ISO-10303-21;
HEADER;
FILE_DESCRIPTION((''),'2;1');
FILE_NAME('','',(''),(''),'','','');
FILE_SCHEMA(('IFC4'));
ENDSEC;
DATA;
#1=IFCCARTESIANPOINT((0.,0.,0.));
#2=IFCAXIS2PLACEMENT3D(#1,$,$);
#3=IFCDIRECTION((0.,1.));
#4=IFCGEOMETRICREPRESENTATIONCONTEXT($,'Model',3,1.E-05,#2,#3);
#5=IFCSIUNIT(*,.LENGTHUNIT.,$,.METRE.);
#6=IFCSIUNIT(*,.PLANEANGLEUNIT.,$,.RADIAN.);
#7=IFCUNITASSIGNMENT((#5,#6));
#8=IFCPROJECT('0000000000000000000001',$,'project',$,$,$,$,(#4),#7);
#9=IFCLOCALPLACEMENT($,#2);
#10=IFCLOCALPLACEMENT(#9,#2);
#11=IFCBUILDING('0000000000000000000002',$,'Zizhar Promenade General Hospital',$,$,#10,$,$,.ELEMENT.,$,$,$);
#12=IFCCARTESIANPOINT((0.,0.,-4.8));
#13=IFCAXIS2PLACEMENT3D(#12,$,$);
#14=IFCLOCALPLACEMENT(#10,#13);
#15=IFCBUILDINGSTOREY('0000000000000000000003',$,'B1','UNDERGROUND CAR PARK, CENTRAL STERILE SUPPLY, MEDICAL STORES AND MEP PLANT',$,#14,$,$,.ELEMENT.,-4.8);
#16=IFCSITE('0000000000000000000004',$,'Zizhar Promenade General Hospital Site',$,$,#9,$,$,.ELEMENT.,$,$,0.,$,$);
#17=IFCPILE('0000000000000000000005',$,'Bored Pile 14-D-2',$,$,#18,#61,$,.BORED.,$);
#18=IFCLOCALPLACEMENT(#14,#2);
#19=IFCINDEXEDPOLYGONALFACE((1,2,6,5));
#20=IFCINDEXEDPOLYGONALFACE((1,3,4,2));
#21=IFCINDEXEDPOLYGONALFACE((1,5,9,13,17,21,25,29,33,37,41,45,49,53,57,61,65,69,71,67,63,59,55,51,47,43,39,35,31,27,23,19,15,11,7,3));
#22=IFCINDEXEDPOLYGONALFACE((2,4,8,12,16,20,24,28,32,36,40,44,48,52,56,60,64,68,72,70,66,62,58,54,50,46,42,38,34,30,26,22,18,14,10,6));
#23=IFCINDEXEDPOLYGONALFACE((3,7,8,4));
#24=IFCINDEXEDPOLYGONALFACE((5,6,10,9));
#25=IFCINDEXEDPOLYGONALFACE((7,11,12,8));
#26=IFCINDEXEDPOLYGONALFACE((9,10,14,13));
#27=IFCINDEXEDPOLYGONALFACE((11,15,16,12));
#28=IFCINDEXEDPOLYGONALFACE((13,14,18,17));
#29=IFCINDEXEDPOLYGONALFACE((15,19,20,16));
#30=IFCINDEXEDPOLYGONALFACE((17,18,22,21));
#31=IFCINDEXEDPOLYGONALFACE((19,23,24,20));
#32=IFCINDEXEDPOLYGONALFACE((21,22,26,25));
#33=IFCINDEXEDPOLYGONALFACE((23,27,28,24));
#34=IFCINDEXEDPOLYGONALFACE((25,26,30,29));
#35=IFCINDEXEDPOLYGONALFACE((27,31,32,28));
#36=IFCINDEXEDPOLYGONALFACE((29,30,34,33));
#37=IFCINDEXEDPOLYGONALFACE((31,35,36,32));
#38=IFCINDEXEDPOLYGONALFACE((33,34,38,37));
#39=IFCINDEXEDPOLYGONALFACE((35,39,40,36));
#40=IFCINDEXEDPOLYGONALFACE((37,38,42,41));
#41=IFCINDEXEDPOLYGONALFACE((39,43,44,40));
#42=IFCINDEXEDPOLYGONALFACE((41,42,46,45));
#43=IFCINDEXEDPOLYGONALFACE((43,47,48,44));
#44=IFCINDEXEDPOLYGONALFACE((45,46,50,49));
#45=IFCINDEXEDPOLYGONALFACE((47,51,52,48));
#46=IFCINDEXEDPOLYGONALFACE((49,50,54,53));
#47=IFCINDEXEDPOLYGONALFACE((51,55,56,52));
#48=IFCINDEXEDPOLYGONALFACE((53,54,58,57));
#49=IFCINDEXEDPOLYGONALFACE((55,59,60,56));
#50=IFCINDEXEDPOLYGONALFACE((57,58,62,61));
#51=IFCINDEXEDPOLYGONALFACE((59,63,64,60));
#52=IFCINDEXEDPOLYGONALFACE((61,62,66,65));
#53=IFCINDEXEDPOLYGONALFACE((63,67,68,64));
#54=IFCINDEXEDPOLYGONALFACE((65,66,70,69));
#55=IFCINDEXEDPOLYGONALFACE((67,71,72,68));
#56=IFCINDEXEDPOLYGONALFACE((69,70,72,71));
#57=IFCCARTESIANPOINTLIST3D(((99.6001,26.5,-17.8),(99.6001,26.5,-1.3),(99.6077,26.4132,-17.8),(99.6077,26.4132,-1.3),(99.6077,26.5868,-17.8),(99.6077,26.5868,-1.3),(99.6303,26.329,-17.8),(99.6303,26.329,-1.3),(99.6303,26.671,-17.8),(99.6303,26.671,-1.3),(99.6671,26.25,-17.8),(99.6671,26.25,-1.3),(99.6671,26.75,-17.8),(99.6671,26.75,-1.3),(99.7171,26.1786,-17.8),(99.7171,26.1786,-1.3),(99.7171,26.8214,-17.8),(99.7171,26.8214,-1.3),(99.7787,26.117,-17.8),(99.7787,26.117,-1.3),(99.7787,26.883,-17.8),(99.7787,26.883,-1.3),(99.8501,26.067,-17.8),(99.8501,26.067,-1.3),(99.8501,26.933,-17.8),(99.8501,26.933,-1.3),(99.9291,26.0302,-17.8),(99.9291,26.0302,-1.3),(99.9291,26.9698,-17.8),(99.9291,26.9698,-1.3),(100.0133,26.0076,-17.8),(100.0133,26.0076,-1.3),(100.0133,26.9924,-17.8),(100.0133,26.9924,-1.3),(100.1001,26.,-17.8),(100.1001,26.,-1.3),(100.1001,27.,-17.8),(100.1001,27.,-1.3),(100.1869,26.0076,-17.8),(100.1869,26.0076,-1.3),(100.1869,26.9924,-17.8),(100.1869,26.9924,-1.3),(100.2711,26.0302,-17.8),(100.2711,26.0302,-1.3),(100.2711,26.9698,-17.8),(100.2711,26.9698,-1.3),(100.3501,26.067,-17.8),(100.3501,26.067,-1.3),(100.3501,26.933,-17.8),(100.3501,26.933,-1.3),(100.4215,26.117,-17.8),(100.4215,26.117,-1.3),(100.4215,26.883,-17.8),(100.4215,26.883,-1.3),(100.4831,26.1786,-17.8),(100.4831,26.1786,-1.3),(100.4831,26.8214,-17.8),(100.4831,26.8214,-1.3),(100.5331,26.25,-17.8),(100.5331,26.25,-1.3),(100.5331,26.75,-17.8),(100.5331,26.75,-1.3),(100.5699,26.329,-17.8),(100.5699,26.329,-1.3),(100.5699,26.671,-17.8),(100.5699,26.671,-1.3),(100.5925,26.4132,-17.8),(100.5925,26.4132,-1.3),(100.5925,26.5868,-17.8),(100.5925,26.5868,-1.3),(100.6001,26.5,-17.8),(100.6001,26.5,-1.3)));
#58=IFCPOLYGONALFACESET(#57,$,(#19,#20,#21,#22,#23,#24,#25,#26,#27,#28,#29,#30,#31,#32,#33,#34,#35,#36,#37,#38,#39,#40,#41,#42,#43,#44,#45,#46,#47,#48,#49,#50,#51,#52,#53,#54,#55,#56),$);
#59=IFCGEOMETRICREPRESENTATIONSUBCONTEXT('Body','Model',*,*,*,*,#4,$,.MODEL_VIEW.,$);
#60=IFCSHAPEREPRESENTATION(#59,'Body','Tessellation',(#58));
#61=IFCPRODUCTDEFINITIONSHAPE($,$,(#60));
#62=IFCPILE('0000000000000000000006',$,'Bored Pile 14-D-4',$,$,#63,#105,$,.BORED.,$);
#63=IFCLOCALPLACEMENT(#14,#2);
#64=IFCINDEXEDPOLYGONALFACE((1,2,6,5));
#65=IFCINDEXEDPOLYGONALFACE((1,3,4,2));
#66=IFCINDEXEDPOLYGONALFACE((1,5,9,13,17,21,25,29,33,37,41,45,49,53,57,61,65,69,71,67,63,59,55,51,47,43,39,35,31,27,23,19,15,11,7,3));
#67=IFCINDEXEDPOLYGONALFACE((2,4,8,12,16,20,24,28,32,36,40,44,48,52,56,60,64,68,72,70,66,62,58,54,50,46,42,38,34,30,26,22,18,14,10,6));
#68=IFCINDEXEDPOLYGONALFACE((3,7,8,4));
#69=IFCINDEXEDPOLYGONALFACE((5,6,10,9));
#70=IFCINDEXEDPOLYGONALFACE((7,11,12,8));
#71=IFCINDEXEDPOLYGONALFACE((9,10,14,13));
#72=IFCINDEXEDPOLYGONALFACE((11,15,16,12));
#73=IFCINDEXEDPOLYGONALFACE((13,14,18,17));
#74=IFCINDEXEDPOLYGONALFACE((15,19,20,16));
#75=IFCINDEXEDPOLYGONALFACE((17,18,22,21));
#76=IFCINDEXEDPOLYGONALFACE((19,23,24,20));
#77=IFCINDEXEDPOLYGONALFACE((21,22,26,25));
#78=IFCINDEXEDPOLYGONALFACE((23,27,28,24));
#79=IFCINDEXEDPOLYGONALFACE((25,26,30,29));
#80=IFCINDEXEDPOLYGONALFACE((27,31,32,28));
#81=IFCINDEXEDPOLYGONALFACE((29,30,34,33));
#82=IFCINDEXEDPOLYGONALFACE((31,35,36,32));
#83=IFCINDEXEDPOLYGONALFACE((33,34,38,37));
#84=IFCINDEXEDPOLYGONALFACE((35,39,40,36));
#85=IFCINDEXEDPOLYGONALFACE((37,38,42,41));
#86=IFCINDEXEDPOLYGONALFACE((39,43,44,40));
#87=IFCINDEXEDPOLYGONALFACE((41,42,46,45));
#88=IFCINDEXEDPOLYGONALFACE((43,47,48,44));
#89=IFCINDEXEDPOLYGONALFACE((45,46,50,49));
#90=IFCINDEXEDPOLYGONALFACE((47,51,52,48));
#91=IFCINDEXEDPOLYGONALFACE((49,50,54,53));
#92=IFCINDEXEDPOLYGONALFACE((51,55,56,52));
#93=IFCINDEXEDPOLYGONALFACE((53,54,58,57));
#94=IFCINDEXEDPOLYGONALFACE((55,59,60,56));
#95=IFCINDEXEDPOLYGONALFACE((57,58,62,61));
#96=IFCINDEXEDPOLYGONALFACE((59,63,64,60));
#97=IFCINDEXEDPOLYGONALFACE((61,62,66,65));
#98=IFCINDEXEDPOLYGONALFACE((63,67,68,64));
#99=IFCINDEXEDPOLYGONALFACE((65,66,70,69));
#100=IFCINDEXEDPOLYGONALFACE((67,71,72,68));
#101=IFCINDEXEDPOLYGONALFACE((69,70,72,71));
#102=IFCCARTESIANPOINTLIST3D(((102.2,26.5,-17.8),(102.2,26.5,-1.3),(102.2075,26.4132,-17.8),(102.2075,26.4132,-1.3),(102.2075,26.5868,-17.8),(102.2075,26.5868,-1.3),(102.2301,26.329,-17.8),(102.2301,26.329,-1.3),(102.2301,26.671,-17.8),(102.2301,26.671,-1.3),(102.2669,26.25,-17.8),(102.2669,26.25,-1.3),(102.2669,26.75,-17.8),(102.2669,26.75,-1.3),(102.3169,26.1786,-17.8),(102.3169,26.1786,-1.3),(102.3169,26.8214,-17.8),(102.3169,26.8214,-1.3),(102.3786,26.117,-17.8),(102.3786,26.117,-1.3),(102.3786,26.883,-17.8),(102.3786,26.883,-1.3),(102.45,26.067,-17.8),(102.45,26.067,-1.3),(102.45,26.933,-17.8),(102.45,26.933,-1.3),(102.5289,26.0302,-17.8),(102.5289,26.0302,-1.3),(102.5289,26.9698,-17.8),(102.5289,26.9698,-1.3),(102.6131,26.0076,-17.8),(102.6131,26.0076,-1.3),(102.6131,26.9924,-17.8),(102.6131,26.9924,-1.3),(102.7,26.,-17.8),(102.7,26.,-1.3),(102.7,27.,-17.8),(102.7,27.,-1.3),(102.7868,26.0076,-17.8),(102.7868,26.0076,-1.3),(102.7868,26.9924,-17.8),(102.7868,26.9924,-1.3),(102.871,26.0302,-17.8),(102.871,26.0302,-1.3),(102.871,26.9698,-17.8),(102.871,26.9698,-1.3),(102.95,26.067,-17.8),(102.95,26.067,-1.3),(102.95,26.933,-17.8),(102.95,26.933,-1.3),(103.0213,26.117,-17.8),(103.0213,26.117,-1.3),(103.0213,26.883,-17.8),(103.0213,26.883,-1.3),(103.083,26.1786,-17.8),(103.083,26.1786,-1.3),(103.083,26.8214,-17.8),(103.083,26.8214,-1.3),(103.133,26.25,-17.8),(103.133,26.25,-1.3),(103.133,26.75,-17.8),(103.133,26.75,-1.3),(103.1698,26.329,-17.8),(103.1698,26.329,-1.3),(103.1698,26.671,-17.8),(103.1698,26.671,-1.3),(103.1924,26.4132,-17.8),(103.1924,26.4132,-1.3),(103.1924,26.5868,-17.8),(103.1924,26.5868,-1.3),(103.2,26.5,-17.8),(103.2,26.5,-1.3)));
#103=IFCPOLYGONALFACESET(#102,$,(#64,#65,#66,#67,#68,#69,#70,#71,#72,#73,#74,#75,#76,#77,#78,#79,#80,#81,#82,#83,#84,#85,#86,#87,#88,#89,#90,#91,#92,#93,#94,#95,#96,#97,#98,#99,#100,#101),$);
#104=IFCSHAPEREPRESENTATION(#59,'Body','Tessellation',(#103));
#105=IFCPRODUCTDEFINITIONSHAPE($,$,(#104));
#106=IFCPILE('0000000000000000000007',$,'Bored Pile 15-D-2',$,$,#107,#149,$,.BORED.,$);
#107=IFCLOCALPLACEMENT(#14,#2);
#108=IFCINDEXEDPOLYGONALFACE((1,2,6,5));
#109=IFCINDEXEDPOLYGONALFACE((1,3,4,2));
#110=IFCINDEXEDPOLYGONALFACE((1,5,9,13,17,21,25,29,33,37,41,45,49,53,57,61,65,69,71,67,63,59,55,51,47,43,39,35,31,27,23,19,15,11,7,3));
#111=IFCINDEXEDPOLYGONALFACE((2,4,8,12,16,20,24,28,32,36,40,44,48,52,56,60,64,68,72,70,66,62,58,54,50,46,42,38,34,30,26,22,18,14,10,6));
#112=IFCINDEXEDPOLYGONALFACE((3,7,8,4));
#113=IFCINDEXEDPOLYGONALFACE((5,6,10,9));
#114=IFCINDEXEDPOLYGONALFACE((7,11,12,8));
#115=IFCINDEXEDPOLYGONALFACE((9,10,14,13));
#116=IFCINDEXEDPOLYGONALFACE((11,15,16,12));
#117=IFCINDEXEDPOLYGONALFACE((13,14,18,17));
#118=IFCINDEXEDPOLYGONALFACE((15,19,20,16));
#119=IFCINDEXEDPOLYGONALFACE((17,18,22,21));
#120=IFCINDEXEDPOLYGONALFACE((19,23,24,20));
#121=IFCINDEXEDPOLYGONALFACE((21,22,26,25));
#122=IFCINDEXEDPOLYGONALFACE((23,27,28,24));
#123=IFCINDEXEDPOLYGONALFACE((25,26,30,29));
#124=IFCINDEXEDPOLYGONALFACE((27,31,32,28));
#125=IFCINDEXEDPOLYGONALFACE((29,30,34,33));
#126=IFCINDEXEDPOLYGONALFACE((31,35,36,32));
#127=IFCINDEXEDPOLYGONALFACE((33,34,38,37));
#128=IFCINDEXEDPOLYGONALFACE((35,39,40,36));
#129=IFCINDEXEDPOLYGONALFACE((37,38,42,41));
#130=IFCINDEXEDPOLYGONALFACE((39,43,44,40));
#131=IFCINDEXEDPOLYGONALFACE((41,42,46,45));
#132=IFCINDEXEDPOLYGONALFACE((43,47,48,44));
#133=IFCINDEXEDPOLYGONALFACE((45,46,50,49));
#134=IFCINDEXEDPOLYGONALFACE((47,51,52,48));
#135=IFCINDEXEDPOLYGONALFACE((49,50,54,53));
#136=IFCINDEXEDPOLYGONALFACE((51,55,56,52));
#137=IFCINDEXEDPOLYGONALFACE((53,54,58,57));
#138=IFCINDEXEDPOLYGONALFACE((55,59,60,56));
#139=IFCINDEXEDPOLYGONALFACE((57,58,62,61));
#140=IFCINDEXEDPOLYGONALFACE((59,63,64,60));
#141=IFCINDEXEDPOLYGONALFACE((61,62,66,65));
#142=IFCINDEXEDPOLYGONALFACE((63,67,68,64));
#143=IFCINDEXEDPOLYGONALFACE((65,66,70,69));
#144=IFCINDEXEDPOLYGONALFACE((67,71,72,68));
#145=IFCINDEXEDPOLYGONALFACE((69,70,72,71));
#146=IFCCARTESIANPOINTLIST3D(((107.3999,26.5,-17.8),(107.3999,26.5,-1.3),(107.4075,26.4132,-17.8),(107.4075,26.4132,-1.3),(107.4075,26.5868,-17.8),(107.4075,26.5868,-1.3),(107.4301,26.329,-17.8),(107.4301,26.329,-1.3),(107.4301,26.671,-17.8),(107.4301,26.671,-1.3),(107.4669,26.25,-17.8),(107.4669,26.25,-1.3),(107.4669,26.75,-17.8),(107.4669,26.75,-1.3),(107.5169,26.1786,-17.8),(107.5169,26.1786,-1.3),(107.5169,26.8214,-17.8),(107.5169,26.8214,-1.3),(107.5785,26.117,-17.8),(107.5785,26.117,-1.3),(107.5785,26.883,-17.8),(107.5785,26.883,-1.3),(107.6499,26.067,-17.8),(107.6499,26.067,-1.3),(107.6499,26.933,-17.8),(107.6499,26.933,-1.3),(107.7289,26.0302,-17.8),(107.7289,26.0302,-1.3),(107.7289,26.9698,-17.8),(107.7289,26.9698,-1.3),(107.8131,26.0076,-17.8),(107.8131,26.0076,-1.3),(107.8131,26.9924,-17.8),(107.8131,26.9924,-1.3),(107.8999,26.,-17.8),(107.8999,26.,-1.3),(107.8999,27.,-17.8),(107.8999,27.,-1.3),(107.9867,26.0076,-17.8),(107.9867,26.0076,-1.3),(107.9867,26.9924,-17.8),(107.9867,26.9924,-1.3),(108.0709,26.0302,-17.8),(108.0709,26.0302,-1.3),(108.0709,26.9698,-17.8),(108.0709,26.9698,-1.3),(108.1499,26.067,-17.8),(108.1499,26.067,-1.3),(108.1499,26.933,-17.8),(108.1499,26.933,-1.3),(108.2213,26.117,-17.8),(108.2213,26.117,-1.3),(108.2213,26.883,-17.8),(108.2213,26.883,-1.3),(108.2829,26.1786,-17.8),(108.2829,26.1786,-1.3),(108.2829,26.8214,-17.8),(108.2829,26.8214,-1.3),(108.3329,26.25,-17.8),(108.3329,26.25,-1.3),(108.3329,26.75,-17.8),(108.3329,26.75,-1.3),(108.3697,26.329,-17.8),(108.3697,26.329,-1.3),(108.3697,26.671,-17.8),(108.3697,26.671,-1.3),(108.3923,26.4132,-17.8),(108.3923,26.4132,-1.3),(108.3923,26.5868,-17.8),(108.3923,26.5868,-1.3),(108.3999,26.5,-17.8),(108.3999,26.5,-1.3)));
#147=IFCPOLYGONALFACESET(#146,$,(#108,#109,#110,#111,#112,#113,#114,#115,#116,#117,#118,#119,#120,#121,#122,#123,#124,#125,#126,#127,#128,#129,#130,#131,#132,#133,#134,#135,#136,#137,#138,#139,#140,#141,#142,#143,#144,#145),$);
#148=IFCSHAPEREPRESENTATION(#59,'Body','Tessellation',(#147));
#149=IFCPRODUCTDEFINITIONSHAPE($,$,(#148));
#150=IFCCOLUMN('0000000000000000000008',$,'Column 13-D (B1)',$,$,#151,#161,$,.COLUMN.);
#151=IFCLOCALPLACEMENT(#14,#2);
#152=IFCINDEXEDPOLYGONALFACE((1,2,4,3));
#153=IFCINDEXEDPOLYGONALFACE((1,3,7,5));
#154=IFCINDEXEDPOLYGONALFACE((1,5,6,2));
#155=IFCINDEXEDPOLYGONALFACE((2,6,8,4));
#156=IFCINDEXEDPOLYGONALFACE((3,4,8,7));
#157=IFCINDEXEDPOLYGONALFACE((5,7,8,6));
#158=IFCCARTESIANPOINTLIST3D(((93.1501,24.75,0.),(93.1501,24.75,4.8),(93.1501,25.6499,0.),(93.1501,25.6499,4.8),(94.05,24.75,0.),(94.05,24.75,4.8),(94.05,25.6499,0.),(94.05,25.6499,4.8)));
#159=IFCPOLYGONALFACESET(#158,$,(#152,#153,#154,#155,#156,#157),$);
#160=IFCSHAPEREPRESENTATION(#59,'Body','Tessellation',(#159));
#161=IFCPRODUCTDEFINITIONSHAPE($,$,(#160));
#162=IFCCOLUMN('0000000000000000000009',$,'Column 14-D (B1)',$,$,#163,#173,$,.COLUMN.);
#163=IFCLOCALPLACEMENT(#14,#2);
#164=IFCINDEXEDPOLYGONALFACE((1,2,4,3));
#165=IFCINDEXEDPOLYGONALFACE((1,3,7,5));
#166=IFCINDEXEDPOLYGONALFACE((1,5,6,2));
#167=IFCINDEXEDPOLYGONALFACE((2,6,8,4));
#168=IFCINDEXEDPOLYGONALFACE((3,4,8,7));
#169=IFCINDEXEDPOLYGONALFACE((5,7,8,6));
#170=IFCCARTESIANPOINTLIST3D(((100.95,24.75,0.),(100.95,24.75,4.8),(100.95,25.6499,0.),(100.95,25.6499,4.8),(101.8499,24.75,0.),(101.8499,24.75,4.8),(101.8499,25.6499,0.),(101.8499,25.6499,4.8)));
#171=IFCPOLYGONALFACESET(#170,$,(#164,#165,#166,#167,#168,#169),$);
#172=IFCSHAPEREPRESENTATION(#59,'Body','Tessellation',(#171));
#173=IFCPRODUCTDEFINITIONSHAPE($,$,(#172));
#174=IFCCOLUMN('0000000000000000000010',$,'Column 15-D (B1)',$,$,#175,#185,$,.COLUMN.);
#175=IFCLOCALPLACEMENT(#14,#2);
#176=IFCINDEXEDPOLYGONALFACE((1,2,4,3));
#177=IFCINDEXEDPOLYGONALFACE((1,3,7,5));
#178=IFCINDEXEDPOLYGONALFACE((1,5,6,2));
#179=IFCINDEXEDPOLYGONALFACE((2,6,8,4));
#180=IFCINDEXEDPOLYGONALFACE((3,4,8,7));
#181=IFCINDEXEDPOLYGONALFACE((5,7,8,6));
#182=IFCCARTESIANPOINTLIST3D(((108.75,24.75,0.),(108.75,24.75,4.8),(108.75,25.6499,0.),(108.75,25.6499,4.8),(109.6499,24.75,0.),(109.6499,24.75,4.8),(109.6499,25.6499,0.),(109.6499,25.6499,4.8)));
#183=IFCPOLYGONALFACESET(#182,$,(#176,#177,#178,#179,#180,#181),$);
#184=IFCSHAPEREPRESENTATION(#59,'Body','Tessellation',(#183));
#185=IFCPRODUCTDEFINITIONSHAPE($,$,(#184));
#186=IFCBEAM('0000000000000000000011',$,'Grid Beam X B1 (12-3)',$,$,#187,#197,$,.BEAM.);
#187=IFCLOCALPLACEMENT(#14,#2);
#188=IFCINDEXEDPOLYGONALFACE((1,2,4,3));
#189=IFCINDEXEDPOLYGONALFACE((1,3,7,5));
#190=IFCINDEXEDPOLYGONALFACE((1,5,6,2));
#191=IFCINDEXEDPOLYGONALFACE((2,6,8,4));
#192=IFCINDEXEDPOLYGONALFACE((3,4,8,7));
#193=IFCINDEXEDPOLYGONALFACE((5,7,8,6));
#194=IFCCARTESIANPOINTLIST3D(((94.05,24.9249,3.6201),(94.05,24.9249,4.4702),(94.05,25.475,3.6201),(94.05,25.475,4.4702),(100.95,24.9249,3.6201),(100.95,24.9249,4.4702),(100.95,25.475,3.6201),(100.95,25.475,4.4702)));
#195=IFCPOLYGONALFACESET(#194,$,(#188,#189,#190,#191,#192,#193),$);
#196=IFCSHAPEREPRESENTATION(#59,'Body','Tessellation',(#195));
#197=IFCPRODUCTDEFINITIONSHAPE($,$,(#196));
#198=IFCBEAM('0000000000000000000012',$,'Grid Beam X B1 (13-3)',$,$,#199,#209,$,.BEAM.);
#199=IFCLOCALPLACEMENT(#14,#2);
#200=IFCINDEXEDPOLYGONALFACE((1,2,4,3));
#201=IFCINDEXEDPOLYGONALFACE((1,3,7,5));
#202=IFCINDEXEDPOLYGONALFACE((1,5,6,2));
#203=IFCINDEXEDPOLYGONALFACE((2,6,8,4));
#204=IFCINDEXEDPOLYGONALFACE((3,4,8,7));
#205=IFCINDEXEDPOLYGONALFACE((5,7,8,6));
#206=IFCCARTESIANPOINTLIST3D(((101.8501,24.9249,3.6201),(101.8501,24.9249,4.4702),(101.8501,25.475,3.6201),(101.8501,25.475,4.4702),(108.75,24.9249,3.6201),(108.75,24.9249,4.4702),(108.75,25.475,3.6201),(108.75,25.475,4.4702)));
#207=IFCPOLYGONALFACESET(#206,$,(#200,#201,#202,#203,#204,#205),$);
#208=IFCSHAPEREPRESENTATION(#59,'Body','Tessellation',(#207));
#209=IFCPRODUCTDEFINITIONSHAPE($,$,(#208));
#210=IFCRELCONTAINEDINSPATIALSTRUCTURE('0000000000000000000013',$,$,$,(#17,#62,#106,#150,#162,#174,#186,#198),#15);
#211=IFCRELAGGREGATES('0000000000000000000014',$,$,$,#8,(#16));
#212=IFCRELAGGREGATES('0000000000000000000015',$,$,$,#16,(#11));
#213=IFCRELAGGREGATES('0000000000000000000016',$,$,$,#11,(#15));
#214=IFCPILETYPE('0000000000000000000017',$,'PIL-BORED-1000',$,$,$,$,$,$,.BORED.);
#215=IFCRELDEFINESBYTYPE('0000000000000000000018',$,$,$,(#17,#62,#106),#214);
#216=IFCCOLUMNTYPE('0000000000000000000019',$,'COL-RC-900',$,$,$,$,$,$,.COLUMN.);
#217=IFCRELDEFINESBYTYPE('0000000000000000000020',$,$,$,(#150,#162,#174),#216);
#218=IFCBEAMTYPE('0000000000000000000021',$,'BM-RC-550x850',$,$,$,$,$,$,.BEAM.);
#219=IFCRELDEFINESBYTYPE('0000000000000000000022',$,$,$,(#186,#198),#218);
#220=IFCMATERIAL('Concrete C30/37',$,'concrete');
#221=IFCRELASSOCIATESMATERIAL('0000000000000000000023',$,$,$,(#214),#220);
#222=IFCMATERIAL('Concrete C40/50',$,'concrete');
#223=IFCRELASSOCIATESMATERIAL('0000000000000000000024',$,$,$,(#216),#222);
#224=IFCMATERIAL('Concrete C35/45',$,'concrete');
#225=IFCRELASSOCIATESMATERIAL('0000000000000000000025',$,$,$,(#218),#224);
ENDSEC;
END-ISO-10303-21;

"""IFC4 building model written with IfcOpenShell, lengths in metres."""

from ifc_helpers import new_model, si_unit, direction, frame, origin, origin_2d, place, context, subcontext, project, spatial, rectangle, circle, extrude, material, material_profile, profile_set, type_object, element, save


model = new_model("IFC4")

# Units and contexts
model_context = context("Model", 3, precision=1e-05, world=origin(), true_north=direction((0.0, 1.0)))
body_context = subcontext(model_context, "Body", "Model", "MODEL_VIEW")
ifc_project = project(units=[si_unit("LENGTHUNIT", "METRE"), si_unit("PLANEANGLEUNIT", "RADIAN")], contexts=[model_context])

# Site, building, storey
site_placement = place(None, origin())
site = spatial("IfcSite", under=ifc_project, at=site_placement, Name="Zizhar Promenade General Hospital Site", CompositionType="ELEMENT", RefElevation=0.0)
building_placement = place(site_placement, origin())
building = spatial("IfcBuilding", under=site, at=building_placement, Name="Zizhar Promenade General Hospital", CompositionType="ELEMENT")
storey_placement = place(building_placement, frame((0.0, 0.0, -4.8)))
storey = spatial("IfcBuildingStorey", under=building, at=storey_placement, Name="B1", Description="UNDERGROUND CAR PARK, CENTRAL STERILE SUPPLY, MEDICAL STORES AND MEP PLANT", CompositionType="ELEMENT", Elevation=-4.8)

# Piles
ifc_material_1 = material(Name="Concrete C30/37", Category="concrete")
ifc_material_profile_1 = material_profile(ifc_material_1, circle(Radius=0.5, at=origin_2d()))
ifc_profile_set_1 = profile_set([ifc_material_profile_1], Name="Concrete C30/37")
pile_type = type_object("IfcPileType", Name="PIL-BORED-1000", PredefinedType="BORED", material=ifc_profile_set_1)
for number, where, z_axis, x_axis, name in (
    (1, (100.1001, 26.5, -1.3), (0.0, 0.0, -1.0), (1.0, 0.0, 0.0), "Bored Pile 14-D-2"),
    (2, (102.7, 26.5, -1.3), (0.0, 0.0, -1.0), (1.0, 0.0, 0.0), "Bored Pile 14-D-4"),
    (3, (107.8999, 26.5, -1.3), (0.0, 0.0, -1.0), (1.0, 0.0, 0.0), "Bored Pile 15-D-2"),
):
    element("IfcPile", number, at=place(storey_placement, frame(where, z_axis=z_axis, x_axis=x_axis)), inside=storey, type_object=pile_type, Name=name, PredefinedType="BORED", context=body_context, shape_type="SweptSolid", body=[
        extrude(circle(Radius=0.5, at=origin_2d()), origin(), (0.0, 0.0, 1.0), 16.5),
    ])

# Columns
ifc_material_2 = material(Name="Concrete C40/50", Category="concrete")
ifc_material_profile_2 = material_profile(ifc_material_2, rectangle(XDim=0.8999, YDim=0.8999, at=origin_2d()))
ifc_profile_set_2 = profile_set([ifc_material_profile_2], Name="Concrete C40/50")
column_type = type_object("IfcColumnType", Name="COL-RC-900", PredefinedType="COLUMN", material=ifc_profile_set_2)
for number, where, z_axis, x_axis, name in (
    (4, (93.6001, 25.2, 0.0), (0.0, 0.0, 1.0), (1.0, 0.0, 0.0), "Column 13-D (B1)"),
    (5, (101.3999, 25.2, 0.0), (0.0, 0.0, 1.0), (1.0, 0.0, 0.0), "Column 14-D (B1)"),
    (6, (109.2, 25.2, 0.0), (0.0, 0.0, 1.0), (1.0, 0.0, 0.0), "Column 15-D (B1)"),
):
    element("IfcColumn", number, at=place(storey_placement, frame(where, z_axis=z_axis, x_axis=x_axis)), inside=storey, type_object=column_type, Name=name, PredefinedType="COLUMN", context=body_context, shape_type="SweptSolid", body=[
        extrude(rectangle(XDim=0.8999, YDim=0.8999, at=origin_2d()), origin(), (0.0, 0.0, 1.0), 4.8),
    ])

# Beams
ifc_material_3 = material(Name="Concrete C35/45", Category="concrete")
ifc_material_profile_3 = material_profile(ifc_material_3, rectangle(XDim=0.55, YDim=0.8501, at=origin_2d()))
ifc_profile_set_3 = profile_set([ifc_material_profile_3], Name="Concrete C35/45")
beam_type_1 = type_object("IfcBeamType", Name="BM-RC-550x850", PredefinedType="BEAM", material=ifc_profile_set_3)
for number, where, z_axis, x_axis, name in (
    (7, (94.05, 25.2, 4.0452), (1.0, 0.0, 0.0), (0.0, 1.0, 0.0), "Grid Beam X B1 (12-3)"),
    (8, (101.8501, 25.2, 4.0452), (1.0, 0.0, 0.0), (0.0, 1.0, 0.0), "Grid Beam X B1 (13-3)"),
):
    element("IfcBeam", number, at=place(storey_placement, frame(where, z_axis=z_axis, x_axis=x_axis)), inside=storey, type_object=beam_type_1, Name=name, PredefinedType="BEAM", context=body_context, shape_type="SweptSolid", body=[
        extrude(rectangle(XDim=0.55, YDim=0.8501, at=origin_2d()), origin(), (0.0, 0.0, 1.0), 6.8999),
    ])

save(model, "model.ifc")
